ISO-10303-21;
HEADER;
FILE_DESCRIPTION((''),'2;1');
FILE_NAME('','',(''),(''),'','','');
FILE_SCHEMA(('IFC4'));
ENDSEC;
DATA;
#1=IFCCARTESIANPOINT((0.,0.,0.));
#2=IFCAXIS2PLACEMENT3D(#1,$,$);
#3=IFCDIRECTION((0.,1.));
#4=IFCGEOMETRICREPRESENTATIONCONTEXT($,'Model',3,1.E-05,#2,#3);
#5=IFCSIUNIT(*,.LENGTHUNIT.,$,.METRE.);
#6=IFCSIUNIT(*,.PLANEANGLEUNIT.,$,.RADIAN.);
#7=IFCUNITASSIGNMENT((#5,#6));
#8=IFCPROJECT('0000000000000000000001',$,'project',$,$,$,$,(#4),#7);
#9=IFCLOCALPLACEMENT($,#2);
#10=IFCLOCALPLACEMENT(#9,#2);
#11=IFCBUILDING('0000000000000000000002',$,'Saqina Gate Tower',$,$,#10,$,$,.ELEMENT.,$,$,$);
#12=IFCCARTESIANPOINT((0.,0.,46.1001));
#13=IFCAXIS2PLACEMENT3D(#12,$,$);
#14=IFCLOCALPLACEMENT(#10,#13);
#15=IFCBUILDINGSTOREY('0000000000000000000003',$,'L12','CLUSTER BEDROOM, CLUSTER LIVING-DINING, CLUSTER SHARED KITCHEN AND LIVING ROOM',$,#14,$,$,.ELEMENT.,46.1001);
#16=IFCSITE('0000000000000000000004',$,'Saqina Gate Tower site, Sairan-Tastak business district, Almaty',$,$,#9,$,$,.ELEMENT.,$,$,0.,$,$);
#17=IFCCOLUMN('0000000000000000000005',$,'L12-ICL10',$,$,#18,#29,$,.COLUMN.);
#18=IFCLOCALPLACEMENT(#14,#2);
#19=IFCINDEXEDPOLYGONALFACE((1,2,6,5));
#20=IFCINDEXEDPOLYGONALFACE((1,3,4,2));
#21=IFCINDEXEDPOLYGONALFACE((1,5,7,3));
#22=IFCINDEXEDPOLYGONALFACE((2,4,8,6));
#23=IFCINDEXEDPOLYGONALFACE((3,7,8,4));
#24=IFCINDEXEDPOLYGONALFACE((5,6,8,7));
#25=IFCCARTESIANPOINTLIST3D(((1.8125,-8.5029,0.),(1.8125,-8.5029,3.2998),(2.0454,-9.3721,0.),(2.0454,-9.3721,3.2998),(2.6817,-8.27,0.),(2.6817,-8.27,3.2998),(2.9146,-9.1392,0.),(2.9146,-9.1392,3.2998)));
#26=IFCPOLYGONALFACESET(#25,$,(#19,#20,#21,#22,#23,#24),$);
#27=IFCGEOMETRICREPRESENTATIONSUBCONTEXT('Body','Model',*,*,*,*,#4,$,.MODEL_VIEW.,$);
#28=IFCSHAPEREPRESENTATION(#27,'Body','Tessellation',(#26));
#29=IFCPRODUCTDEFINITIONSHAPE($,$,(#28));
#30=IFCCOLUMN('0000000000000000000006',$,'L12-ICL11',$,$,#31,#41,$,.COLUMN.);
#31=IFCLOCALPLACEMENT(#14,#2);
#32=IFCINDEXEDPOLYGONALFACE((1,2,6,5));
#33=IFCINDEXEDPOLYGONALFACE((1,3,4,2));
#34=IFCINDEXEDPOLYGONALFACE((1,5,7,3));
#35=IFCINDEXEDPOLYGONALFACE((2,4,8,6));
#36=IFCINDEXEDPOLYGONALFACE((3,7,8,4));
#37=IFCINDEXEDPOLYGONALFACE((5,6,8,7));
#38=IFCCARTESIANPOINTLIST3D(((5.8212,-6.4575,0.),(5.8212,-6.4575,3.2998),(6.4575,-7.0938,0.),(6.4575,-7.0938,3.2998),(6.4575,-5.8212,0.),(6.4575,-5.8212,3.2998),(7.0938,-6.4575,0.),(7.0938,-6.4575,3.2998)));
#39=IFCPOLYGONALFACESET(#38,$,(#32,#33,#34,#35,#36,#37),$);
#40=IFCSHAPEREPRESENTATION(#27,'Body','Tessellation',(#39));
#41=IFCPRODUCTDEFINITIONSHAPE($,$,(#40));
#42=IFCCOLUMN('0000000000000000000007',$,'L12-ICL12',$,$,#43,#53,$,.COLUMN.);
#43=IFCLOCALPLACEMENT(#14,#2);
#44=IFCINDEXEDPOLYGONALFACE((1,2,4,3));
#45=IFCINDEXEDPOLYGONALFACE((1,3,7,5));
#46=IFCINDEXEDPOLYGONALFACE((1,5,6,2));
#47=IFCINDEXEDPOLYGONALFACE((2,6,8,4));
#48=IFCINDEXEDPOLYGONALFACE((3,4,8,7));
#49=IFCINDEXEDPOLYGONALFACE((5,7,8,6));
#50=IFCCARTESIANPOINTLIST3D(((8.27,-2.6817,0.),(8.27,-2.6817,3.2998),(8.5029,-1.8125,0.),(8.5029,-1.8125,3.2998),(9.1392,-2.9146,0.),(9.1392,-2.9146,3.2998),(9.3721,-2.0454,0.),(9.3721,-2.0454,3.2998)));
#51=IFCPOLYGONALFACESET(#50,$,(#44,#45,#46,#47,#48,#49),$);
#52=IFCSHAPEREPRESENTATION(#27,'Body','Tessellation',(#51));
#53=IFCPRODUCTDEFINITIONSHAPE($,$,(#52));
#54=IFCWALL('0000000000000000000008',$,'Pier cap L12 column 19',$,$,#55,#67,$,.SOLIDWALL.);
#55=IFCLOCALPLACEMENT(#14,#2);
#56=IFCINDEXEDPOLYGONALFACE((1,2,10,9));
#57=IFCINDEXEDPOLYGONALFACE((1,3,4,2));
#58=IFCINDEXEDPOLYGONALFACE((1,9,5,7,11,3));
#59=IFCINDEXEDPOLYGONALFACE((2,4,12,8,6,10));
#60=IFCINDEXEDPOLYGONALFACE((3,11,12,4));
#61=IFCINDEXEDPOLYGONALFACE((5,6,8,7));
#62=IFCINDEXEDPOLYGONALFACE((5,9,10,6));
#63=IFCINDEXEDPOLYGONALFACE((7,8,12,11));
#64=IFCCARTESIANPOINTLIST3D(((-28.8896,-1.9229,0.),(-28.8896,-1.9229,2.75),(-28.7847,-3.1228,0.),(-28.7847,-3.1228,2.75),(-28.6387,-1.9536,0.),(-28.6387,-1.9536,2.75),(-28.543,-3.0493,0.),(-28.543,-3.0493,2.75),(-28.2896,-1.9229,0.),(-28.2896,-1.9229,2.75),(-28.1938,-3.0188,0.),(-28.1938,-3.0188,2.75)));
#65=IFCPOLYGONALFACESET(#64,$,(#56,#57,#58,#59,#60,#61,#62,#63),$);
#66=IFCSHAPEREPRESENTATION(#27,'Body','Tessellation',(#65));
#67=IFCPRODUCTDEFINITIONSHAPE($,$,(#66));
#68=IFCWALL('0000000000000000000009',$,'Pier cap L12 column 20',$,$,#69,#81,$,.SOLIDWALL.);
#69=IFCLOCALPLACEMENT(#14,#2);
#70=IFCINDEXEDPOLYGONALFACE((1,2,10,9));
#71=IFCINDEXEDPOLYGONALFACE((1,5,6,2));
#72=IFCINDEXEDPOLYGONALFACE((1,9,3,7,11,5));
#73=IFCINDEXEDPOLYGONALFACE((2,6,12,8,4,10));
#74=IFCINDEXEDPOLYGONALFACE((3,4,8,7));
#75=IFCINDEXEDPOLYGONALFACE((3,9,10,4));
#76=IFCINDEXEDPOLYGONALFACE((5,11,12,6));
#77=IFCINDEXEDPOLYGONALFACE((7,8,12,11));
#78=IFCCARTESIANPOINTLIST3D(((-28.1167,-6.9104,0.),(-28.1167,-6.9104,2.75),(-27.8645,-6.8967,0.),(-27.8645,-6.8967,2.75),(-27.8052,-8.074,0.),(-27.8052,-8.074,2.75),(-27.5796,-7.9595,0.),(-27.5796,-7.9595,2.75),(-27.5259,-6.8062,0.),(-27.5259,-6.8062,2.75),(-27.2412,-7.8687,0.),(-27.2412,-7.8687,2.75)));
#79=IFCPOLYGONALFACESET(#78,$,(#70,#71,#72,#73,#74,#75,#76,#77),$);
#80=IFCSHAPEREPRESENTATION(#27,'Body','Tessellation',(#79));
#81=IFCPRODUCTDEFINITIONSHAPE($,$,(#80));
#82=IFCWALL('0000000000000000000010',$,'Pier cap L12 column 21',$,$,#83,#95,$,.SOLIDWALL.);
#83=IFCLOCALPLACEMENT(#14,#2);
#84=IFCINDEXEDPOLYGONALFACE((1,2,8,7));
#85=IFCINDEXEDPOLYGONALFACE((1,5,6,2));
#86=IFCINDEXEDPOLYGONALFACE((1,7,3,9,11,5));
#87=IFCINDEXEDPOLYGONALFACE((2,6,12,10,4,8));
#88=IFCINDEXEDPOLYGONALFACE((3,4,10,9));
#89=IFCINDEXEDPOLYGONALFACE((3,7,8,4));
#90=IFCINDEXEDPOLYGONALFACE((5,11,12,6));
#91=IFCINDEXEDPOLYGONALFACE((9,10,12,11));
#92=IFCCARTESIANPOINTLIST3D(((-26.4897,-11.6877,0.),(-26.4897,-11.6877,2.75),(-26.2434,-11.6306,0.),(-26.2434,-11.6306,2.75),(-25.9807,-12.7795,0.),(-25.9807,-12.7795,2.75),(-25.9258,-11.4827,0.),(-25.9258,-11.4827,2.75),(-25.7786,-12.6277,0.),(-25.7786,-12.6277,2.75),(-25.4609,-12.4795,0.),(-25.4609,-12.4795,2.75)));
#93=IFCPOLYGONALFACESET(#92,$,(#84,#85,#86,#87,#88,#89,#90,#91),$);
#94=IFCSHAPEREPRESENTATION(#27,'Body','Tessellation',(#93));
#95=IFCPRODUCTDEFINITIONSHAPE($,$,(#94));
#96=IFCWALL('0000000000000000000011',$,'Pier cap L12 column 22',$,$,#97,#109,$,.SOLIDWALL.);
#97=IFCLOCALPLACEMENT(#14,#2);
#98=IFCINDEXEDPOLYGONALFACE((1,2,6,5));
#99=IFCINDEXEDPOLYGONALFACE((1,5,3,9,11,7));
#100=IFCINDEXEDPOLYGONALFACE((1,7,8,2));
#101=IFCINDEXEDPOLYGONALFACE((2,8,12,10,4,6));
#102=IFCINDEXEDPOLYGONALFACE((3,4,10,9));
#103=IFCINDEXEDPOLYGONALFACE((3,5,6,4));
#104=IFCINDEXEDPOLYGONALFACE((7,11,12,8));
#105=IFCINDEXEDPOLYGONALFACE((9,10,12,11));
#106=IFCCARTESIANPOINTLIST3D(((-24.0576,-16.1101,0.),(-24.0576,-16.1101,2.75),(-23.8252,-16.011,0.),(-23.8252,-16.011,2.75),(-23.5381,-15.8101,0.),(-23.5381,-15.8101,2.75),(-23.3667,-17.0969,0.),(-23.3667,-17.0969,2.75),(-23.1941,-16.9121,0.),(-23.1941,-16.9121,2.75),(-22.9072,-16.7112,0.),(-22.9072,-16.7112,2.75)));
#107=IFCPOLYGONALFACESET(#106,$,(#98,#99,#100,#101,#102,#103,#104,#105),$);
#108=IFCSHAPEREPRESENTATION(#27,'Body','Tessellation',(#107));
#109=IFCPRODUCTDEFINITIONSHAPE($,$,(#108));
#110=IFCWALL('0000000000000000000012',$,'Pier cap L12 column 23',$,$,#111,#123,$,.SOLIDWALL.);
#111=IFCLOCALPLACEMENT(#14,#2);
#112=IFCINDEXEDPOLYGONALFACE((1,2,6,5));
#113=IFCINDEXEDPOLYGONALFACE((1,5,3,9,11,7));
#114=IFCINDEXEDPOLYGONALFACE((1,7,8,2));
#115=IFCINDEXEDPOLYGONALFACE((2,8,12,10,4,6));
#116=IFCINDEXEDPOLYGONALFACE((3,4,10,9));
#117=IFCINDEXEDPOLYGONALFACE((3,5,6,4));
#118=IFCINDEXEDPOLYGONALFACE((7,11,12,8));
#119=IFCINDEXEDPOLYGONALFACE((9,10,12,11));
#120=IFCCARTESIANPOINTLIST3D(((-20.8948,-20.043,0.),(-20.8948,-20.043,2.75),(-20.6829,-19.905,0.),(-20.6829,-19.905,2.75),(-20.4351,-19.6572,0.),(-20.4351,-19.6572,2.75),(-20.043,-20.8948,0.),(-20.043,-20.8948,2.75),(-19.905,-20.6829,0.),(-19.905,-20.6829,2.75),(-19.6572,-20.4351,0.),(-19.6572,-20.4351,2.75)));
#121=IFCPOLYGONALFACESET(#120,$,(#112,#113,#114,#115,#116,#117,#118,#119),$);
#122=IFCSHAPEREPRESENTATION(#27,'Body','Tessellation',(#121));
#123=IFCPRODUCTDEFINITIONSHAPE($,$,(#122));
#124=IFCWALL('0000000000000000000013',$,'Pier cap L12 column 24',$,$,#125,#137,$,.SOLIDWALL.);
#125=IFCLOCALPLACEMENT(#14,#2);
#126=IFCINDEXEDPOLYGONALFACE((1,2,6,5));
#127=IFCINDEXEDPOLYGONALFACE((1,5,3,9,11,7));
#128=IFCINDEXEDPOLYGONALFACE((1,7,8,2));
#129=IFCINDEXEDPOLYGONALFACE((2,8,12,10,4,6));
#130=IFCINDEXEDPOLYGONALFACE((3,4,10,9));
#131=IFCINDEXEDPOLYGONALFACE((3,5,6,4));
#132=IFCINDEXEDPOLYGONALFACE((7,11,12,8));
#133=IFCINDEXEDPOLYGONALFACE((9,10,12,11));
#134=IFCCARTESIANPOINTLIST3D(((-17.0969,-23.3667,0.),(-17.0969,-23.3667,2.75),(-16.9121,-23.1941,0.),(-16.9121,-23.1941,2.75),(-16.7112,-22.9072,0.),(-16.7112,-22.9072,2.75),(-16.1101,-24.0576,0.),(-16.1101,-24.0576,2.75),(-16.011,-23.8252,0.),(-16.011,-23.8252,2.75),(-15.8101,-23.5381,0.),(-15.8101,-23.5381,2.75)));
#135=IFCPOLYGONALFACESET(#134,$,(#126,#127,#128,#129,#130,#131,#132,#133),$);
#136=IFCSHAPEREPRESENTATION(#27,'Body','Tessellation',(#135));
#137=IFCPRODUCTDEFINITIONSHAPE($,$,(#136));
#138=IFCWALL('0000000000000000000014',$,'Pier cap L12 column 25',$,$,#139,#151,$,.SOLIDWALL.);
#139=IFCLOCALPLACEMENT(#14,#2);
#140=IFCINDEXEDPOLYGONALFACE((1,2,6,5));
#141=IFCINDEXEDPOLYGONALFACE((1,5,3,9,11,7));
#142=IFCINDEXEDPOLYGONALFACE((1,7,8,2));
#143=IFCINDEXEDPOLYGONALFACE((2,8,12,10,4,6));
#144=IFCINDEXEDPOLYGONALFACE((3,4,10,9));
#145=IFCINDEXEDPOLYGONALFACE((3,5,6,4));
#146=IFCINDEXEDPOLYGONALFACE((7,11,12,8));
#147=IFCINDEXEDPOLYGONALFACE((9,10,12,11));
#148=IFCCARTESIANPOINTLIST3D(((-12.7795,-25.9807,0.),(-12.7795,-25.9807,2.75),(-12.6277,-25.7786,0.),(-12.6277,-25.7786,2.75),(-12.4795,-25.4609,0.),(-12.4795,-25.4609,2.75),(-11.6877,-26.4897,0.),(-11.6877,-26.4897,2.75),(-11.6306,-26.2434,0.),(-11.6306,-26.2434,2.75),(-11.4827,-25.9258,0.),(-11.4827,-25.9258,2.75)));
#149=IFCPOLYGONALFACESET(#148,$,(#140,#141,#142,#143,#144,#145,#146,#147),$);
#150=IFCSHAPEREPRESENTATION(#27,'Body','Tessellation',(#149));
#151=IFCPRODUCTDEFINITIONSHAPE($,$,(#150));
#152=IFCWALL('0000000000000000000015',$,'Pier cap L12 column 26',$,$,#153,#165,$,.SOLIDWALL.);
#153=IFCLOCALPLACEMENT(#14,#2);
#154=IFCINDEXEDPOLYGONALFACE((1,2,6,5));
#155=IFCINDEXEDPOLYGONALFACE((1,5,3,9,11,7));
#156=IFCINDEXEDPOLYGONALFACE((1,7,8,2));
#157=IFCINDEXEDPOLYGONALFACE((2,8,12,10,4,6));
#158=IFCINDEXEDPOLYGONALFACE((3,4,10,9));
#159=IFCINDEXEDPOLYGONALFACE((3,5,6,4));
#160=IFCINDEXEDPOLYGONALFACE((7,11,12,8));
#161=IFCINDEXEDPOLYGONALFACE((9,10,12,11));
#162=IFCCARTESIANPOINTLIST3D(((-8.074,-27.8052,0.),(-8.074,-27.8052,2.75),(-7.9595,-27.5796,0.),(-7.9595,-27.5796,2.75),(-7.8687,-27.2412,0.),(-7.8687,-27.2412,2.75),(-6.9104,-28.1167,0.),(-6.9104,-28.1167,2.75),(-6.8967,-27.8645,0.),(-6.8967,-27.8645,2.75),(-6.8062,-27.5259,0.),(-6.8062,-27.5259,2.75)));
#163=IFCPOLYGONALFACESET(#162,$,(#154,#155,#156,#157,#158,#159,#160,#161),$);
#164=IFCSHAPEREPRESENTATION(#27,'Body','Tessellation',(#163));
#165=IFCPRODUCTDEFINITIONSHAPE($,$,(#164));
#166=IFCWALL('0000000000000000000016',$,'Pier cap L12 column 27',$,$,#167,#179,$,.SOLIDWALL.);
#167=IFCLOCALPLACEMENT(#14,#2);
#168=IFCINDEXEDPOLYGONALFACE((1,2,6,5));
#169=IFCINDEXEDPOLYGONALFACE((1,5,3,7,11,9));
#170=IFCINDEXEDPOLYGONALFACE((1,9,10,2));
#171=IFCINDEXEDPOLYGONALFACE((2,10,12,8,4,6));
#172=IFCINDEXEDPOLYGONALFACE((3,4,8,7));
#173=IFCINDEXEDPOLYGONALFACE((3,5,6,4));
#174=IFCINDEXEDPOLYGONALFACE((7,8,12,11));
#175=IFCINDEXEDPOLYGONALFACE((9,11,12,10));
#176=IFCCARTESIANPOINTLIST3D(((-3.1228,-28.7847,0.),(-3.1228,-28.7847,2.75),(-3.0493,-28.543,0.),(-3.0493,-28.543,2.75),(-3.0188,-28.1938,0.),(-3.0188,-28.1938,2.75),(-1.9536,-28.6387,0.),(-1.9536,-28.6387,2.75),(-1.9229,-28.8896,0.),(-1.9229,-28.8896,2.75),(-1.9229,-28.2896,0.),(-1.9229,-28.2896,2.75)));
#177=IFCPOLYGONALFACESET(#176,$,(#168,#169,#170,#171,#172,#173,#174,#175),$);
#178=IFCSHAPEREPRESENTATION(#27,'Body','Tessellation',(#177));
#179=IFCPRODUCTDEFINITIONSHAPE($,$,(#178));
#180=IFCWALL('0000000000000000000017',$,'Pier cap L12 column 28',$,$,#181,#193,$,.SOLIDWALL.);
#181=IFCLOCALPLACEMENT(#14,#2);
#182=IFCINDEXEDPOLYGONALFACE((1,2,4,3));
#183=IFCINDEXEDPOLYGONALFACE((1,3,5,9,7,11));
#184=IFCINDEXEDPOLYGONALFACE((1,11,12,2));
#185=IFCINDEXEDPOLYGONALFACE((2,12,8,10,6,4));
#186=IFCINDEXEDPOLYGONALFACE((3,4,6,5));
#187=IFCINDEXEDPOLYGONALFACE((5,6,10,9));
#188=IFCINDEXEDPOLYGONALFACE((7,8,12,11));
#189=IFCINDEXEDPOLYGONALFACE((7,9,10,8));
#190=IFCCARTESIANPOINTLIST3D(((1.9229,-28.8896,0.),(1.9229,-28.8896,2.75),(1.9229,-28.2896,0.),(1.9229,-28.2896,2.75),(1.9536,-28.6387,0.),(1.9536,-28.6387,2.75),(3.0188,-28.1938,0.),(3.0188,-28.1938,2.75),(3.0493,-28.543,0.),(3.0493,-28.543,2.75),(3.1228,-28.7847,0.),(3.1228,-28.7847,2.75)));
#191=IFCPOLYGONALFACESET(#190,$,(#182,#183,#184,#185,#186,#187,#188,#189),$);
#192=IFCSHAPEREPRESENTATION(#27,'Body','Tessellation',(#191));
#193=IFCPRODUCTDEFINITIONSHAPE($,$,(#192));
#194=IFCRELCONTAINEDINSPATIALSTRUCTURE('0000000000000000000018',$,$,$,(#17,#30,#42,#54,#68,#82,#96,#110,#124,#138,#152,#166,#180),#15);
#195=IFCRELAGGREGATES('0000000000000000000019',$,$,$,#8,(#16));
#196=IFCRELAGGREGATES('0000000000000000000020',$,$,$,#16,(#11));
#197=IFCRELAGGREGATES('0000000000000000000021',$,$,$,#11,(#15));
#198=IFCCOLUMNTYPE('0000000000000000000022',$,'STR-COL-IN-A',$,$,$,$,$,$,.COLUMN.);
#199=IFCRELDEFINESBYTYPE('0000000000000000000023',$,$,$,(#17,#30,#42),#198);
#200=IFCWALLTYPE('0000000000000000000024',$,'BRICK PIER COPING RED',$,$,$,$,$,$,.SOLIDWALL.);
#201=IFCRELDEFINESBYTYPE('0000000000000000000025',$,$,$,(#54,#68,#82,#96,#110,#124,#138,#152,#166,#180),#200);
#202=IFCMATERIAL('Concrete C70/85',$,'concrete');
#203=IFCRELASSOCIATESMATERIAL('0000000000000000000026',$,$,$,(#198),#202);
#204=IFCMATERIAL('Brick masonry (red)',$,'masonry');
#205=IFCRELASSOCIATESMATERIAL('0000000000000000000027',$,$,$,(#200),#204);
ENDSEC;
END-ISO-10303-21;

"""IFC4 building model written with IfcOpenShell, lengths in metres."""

from ifc_helpers import new_model, si_unit, direction, frame, origin, origin_2d, place, context, subcontext, project, spatial, polyline, rectangle, outline, extrude, material, material_profile, profile_set, type_object, element, save


model = new_model("IFC4")

# Units and contexts
model_context = context("Model", 3, precision=1e-05, world=origin(), true_north=direction((0.0, 1.0)))
body_context = subcontext(model_context, "Body", "Model", "MODEL_VIEW")
ifc_project = project(units=[si_unit("LENGTHUNIT", "METRE"), si_unit("PLANEANGLEUNIT", "RADIAN")], contexts=[model_context])

# Site, building, storey
site_placement = place(None, origin())
site = spatial("IfcSite", under=ifc_project, at=site_placement, Name="Saqina Gate Tower site, Sairan-Tastak business district, Almaty", CompositionType="ELEMENT", RefElevation=0.0)
building_placement = place(site_placement, origin())
building = spatial("IfcBuilding", under=site, at=building_placement, Name="Saqina Gate Tower", CompositionType="ELEMENT")
storey_placement = place(building_placement, frame((0.0, 0.0, 46.1001)))
storey = spatial("IfcBuildingStorey", under=building, at=storey_placement, Name="L12", Description="CLUSTER BEDROOM, CLUSTER LIVING-DINING, CLUSTER SHARED KITCHEN AND LIVING ROOM", CompositionType="ELEMENT", Elevation=46.1001)

# Columns
ifc_material_1 = material(Name="Concrete C70/85", Category="concrete")
ifc_material_profile = material_profile(ifc_material_1, rectangle(XDim=0.8999, YDim=0.8999, at=origin_2d()), Name="RC 900x900")
ifc_profile_set = profile_set([ifc_material_profile], Name="Concrete C70/85")
column_type = type_object("IfcColumnType", Name="STR-COL-IN-A", PredefinedType="COLUMN", material=ifc_profile_set)
for number, where, z_axis, x_axis, name in (
    (1, (2.3635, -8.821, 0.0), (0.0, 0.0, 1.0), (0.258819, -0.965926, 0.0), "L12-ICL10"),
    (2, (6.4575, -6.4575, 0.0), (0.0, 0.0, 1.0), (0.707107, -0.707107, 0.0), "L12-ICL11"),
    (3, (8.821, -2.3635, 0.0), (0.0, 0.0, 1.0), (0.965926, -0.258819, 0.0), "L12-ICL12"),
):
    element("IfcColumn", number, at=place(storey_placement, frame(where, z_axis=z_axis, x_axis=x_axis)), inside=storey, type_object=column_type, Name=name, PredefinedType="COLUMN", context=body_context, shape_type="SweptSolid", body=[
        extrude(rectangle(XDim=0.8999, YDim=0.8999, at=origin_2d()), origin(), (0.0, 0.0, 1.0), 3.2998),
    ])

# Walls
ifc_material_2 = material(Name="Brick masonry (red)", Category="masonry")
wall_type_1 = type_object("IfcWallType", Name="BRICK PIER COPING RED", PredefinedType="SOLIDWALL", material=ifc_material_2)
wall_1_placement = place(storey_placement, origin())
element("IfcWall", 4, at=wall_1_placement, inside=storey, type_object=wall_type_1, Name="Pier cap L12 column 19", PredefinedType="SOLIDWALL", context=body_context, shape_type="SweptSolid", body=[
    extrude(outline(polyline([(-28.8896, -1.9229), (-28.7847, -3.1228), (-28.1938, -3.0188), (-28.543, -3.0493), (-28.6387, -1.9536), (-28.2896, -1.9229), (-28.8896, -1.9229)])), origin(), (0.0, 0.0, 1.0), 2.75),
])
wall_2_placement = place(storey_placement, origin())
element("IfcWall", 5, at=wall_2_placement, inside=storey, type_object=wall_type_1, Name="Pier cap L12 column 20", PredefinedType="SOLIDWALL", context=body_context, shape_type="SweptSolid", body=[
    extrude(outline(polyline([(-28.1167, -6.9104), (-27.8052, -8.074), (-27.2412, -7.8687), (-27.5796, -7.9595), (-27.8645, -6.8967), (-27.5259, -6.8062), (-28.1167, -6.9104)])), origin(), (0.0, 0.0, 1.0), 2.75),
])
wall_3_placement = place(storey_placement, origin())
element("IfcWall", 6, at=wall_3_placement, inside=storey, type_object=wall_type_1, Name="Pier cap L12 column 21", PredefinedType="SOLIDWALL", context=body_context, shape_type="SweptSolid", body=[
    extrude(outline(polyline([(-25.9807, -12.7795), (-25.4609, -12.4795), (-25.7786, -12.6277), (-26.2434, -11.6306), (-25.9258, -11.4827), (-26.4897, -11.6877), (-25.9807, -12.7795)])), origin(), (0.0, 0.0, 1.0), 2.75),
])
wall_4_placement = place(storey_placement, origin())
element("IfcWall", 7, at=wall_4_placement, inside=storey, type_object=wall_type_1, Name="Pier cap L12 column 22", PredefinedType="SOLIDWALL", context=body_context, shape_type="SweptSolid", body=[
    extrude(outline(polyline([(-24.0576, -16.1101), (-23.3667, -17.0969), (-22.9072, -16.7112), (-23.1941, -16.9121), (-23.8252, -16.011), (-23.5381, -15.8101), (-24.0576, -16.1101)])), origin(), (0.0, 0.0, 1.0), 2.75),
])
wall_5_placement = place(storey_placement, origin())
element("IfcWall", 8, at=wall_5_placement, inside=storey, type_object=wall_type_1, Name="Pier cap L12 column 23", PredefinedType="SOLIDWALL", context=body_context, shape_type="SweptSolid", body=[
    extrude(outline(polyline([(-20.043, -20.8948), (-19.6572, -20.4351), (-19.905, -20.6829), (-20.6829, -19.905), (-20.4351, -19.6572), (-20.8948, -20.043), (-20.043, -20.8948)])), origin(), (0.0, 0.0, 1.0), 2.75),
])
wall_6_placement = place(storey_placement, origin())
element("IfcWall", 9, at=wall_6_placement, inside=storey, type_object=wall_type_1, Name="Pier cap L12 column 24", PredefinedType="SOLIDWALL", context=body_context, shape_type="SweptSolid", body=[
    extrude(outline(polyline([(-17.0969, -23.3667), (-16.1101, -24.0576), (-15.8101, -23.5381), (-16.011, -23.8252), (-16.9121, -23.1941), (-16.7112, -22.9072), (-17.0969, -23.3667)])), origin(), (0.0, 0.0, 1.0), 2.75),
])
wall_7_placement = place(storey_placement, origin())
element("IfcWall", 10, at=wall_7_placement, inside=storey, type_object=wall_type_1, Name="Pier cap L12 column 25", PredefinedType="SOLIDWALL", context=body_context, shape_type="SweptSolid", body=[
    extrude(outline(polyline([(-11.6877, -26.4897), (-11.4827, -25.9258), (-11.6306, -26.2434), (-12.6277, -25.7786), (-12.4795, -25.4609), (-12.7795, -25.9807), (-11.6877, -26.4897)])), origin(), (0.0, 0.0, 1.0), 2.75),
])
wall_8_placement = place(storey_placement, origin())
element("IfcWall", 11, at=wall_8_placement, inside=storey, type_object=wall_type_1, Name="Pier cap L12 column 26", PredefinedType="SOLIDWALL", context=body_context, shape_type="SweptSolid", body=[
    extrude(outline(polyline([(-6.9104, -28.1167), (-6.8062, -27.5259), (-6.8967, -27.8645), (-7.9595, -27.5796), (-7.8687, -27.2412), (-8.074, -27.8052), (-6.9104, -28.1167)])), origin(), (0.0, 0.0, 1.0), 2.75),
])
wall_9_placement = place(storey_placement, origin())
element("IfcWall", 12, at=wall_9_placement, inside=storey, type_object=wall_type_1, Name="Pier cap L12 column 27", PredefinedType="SOLIDWALL", context=body_context, shape_type="SweptSolid", body=[
    extrude(outline(polyline([(-3.1228, -28.7847), (-1.9229, -28.8896), (-1.9229, -28.2896), (-1.9536, -28.6387), (-3.0493, -28.543), (-3.0188, -28.1938), (-3.1228, -28.7847)])), origin(), (0.0, 0.0, 1.0), 2.75),
])
wall_10_placement = place(storey_placement, origin())
element("IfcWall", 13, at=wall_10_placement, inside=storey, type_object=wall_type_1, Name="Pier cap L12 column 28", PredefinedType="SOLIDWALL", context=body_context, shape_type="SweptSolid", body=[
    extrude(outline(polyline([(1.9229, -28.8896), (3.1228, -28.7847), (3.0188, -28.1938), (3.0493, -28.543), (1.9536, -28.6387), (1.9229, -28.2896), (1.9229, -28.8896)])), origin(), (0.0, 0.0, 1.0), 2.75),
])

save(model, "model.ifc")
